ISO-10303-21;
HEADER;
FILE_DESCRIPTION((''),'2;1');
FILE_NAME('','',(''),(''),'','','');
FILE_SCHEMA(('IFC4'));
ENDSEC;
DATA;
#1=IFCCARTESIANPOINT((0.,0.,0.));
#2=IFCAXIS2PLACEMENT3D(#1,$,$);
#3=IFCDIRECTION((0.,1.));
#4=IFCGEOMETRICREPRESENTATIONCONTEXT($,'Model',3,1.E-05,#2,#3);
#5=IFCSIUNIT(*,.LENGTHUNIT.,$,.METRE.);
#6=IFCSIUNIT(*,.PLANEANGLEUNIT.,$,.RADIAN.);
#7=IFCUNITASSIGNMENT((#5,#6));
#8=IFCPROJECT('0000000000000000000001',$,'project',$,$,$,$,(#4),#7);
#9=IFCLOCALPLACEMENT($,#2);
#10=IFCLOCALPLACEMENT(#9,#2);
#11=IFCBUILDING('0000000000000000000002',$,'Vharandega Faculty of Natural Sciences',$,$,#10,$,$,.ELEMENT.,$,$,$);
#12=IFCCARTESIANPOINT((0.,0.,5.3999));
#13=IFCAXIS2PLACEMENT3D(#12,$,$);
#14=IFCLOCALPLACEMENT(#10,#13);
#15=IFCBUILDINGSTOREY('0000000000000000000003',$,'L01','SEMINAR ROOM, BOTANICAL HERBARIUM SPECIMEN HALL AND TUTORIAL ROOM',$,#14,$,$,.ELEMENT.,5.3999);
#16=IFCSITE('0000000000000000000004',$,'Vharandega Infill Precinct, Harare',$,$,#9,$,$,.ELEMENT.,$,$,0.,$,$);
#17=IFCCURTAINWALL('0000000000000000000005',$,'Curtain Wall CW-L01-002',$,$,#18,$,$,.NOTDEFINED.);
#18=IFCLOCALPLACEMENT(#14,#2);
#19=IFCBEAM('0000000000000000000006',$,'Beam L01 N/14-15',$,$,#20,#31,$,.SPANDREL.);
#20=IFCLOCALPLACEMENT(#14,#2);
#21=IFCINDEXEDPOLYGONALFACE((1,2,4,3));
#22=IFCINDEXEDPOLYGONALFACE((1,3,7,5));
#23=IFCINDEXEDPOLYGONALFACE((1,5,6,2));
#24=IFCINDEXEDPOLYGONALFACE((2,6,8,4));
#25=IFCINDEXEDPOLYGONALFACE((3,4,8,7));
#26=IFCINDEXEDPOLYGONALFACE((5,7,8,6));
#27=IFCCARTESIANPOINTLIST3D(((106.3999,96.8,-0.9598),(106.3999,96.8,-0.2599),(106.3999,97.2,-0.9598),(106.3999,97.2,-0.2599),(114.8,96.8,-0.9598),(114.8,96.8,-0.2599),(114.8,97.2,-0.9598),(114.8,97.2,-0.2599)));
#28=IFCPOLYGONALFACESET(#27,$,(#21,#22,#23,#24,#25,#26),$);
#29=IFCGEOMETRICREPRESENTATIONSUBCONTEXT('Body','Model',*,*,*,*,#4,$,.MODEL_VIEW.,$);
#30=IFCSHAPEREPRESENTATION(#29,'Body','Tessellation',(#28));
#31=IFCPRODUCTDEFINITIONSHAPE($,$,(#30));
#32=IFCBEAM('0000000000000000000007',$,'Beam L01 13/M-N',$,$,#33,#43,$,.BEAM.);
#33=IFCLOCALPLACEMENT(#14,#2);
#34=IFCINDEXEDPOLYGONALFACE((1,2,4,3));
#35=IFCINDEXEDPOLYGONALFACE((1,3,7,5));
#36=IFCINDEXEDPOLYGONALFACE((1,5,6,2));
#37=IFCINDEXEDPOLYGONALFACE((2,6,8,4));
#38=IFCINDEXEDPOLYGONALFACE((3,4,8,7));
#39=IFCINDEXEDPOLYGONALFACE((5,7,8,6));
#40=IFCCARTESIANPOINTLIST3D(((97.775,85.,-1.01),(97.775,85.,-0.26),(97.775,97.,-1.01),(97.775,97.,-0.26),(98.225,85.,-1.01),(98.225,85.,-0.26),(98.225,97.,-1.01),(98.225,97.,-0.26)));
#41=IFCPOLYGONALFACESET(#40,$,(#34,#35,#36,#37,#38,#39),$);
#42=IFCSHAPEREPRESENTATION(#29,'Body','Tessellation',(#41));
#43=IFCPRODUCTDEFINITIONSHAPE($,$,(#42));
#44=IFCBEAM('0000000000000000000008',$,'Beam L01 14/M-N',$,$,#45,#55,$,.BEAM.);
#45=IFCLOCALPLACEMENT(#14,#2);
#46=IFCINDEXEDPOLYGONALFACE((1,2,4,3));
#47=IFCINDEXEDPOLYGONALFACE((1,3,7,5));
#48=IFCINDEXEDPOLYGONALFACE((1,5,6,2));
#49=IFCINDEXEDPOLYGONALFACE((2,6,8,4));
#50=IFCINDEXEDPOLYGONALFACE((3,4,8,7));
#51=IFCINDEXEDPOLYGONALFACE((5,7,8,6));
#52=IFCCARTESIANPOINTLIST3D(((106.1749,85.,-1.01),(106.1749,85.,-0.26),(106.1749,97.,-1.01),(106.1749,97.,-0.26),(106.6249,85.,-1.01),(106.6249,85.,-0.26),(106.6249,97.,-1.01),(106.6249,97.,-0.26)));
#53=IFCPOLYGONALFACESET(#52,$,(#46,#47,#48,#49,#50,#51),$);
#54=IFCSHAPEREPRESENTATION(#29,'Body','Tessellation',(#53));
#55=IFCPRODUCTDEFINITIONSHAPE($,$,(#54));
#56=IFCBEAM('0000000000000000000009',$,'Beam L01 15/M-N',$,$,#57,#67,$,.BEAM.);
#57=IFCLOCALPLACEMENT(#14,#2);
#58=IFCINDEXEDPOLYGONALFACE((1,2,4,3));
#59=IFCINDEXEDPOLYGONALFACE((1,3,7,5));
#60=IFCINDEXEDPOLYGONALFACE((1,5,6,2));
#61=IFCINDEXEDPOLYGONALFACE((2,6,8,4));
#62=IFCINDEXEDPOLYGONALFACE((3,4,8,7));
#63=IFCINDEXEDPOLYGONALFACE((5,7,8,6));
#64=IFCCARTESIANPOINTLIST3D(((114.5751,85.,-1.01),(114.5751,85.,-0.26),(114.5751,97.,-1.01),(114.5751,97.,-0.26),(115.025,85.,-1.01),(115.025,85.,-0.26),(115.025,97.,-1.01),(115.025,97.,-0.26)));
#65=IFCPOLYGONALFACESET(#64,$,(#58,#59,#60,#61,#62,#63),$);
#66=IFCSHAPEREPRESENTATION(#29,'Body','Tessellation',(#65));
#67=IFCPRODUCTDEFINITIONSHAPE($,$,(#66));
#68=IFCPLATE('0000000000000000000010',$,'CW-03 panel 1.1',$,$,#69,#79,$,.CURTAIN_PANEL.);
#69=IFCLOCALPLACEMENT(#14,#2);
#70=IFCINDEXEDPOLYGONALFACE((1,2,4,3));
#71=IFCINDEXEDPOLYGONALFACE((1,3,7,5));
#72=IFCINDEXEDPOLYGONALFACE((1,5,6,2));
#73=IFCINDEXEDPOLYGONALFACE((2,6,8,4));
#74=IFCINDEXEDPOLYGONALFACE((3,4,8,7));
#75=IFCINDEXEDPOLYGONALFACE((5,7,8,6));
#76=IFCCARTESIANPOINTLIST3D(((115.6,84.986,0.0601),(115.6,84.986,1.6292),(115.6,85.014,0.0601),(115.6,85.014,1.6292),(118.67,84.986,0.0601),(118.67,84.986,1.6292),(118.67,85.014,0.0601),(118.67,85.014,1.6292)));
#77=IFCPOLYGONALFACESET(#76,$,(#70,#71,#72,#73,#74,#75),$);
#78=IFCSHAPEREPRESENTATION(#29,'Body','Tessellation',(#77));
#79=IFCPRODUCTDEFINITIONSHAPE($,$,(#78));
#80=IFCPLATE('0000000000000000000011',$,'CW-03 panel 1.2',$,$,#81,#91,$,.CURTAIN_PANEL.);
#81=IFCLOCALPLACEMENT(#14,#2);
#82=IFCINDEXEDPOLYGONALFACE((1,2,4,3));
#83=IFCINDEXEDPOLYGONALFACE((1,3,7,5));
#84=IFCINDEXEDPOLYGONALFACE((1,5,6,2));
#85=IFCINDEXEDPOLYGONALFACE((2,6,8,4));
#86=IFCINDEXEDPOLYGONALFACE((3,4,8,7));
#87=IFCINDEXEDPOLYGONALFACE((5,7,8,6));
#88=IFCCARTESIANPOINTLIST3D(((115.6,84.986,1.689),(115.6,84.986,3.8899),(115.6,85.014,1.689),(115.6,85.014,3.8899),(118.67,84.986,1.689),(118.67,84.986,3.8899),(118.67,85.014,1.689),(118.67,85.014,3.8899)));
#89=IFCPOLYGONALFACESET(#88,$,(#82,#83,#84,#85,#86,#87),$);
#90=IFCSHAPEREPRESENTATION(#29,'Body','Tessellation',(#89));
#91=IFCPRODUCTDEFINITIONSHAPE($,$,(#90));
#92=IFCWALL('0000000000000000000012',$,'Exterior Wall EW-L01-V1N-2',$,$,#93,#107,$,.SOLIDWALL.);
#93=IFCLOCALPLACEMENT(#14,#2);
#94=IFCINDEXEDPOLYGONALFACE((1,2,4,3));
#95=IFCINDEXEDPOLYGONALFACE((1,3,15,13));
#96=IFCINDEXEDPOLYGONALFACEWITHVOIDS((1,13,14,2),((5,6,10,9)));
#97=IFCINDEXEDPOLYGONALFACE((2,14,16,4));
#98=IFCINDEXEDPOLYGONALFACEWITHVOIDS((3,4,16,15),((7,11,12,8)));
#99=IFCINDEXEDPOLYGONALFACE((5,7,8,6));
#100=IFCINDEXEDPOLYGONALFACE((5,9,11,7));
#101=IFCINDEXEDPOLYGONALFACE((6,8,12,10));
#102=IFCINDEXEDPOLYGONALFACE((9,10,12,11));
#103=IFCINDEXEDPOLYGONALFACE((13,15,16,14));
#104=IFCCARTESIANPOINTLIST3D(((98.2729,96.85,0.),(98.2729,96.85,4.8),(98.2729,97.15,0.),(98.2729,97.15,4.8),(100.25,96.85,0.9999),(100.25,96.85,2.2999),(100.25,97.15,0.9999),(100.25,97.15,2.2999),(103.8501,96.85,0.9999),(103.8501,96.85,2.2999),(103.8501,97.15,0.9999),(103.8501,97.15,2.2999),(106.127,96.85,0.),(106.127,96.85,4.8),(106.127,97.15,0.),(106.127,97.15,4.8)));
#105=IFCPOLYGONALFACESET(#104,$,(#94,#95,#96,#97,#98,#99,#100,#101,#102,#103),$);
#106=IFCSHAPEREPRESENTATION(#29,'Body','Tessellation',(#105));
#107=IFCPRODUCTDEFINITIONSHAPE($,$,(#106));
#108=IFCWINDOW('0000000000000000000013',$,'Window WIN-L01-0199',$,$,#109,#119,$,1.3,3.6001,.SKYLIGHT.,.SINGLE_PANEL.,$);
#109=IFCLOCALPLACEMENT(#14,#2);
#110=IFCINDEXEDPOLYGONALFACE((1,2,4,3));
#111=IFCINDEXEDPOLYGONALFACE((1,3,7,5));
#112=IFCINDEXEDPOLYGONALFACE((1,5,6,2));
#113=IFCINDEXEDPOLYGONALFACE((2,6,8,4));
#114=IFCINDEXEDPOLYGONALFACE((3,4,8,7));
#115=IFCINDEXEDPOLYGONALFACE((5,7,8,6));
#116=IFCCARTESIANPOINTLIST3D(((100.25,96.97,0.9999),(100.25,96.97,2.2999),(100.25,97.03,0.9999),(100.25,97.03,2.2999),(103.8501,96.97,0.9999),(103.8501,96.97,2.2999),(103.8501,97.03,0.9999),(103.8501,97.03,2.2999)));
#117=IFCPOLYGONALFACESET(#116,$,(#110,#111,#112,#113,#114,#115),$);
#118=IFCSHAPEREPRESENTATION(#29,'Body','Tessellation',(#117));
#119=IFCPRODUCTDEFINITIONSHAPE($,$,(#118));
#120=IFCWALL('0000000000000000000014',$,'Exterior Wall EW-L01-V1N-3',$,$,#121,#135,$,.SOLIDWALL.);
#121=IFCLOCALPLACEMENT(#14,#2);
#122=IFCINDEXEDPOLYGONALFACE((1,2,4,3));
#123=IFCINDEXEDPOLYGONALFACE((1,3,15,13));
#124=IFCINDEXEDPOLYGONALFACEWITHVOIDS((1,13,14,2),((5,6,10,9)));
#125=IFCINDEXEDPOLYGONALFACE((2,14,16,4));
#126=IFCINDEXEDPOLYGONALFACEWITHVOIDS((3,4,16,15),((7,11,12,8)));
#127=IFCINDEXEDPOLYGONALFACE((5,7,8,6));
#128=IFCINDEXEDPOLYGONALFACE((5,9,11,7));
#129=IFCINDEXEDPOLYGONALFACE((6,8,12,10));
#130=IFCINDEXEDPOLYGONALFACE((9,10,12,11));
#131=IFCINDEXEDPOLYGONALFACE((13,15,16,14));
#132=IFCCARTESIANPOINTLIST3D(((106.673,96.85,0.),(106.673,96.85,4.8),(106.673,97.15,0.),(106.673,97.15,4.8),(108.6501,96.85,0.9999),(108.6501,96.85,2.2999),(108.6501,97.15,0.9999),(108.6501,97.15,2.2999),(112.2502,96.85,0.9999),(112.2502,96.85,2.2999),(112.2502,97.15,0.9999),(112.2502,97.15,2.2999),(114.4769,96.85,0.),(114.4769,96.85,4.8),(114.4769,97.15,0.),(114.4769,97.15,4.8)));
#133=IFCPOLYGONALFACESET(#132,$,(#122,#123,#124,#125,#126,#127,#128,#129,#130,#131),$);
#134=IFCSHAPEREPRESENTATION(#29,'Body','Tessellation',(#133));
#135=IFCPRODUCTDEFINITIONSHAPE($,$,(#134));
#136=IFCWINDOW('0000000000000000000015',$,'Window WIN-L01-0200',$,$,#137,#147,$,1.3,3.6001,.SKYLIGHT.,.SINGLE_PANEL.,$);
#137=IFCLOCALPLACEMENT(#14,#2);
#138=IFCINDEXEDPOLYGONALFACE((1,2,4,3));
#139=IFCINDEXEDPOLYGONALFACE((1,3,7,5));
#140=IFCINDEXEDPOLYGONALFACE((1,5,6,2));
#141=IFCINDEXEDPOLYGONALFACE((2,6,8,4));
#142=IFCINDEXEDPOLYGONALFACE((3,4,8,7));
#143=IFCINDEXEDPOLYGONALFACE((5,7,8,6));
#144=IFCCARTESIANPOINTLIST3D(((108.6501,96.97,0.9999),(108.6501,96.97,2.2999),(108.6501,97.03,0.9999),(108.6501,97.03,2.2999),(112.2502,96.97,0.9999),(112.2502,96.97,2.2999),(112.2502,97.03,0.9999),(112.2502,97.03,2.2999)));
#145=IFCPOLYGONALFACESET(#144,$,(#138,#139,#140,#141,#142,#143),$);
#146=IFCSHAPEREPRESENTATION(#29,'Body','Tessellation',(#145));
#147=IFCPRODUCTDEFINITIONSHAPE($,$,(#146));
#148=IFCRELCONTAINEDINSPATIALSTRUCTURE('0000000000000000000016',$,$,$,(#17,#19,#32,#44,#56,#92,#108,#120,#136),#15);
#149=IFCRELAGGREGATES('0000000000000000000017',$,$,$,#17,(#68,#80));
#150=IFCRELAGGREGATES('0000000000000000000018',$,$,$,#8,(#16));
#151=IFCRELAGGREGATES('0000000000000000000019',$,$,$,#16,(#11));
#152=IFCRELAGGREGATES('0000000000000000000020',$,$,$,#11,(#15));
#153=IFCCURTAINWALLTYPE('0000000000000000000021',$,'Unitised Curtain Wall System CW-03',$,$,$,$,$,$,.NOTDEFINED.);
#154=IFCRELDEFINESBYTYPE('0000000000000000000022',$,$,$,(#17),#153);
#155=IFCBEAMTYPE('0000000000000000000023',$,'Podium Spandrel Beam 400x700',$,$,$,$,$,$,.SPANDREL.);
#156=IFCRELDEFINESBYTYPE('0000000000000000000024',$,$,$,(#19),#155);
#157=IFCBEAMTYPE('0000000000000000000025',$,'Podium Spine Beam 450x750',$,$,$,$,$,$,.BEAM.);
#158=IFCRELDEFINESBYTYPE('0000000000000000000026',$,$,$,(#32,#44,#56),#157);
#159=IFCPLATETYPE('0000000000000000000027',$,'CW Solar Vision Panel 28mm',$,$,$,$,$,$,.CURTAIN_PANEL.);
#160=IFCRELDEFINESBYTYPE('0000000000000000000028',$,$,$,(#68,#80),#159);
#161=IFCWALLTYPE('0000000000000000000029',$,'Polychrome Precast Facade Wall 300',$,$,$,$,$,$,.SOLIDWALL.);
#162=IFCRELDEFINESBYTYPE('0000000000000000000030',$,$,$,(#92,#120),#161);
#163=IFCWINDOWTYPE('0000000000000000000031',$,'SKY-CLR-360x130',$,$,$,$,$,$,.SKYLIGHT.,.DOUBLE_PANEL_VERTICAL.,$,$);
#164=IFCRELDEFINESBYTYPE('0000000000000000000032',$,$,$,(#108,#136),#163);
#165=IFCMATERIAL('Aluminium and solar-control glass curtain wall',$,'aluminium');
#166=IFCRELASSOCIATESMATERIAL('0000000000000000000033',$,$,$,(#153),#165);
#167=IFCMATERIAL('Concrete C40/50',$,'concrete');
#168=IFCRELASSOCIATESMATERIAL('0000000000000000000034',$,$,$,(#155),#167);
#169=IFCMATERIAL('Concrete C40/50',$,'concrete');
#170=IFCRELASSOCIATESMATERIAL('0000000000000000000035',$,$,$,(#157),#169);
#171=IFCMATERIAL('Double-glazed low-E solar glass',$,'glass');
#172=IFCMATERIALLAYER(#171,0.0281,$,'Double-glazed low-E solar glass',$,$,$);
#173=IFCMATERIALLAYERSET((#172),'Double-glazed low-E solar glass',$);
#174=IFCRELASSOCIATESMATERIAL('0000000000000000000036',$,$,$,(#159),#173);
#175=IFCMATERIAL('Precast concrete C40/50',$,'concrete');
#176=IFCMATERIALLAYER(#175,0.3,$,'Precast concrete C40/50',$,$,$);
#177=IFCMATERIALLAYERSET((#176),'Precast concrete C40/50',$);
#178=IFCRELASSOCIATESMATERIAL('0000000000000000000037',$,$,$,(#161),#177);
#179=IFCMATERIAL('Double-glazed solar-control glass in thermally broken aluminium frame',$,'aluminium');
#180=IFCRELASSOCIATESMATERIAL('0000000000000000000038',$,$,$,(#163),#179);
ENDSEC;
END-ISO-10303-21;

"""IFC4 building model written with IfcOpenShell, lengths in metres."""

from ifc_helpers import new_model, si_unit, direction, frame, frame_2d, origin, origin_2d, place, context, subcontext, project, spatial, rectangle, extrude, material, layer, layer_set, material_profile, profile_set, type_object, element, fill, aggregate, save


model = new_model("IFC4")

# Units and contexts
model_context = context("Model", 3, precision=1e-05, world=origin(), true_north=direction((0.0, 1.0)))
body_context = subcontext(model_context, "Body", "Model", "MODEL_VIEW")
ifc_project = project(units=[si_unit("LENGTHUNIT", "METRE"), si_unit("PLANEANGLEUNIT", "RADIAN")], contexts=[model_context])

# Site, building, storey
site_placement = place(None, origin())
site = spatial("IfcSite", under=ifc_project, at=site_placement, Name="Vharandega Infill Precinct, Harare", CompositionType="ELEMENT", RefElevation=0.0)
building_placement = place(site_placement, origin())
building = spatial("IfcBuilding", under=site, at=building_placement, Name="Vharandega Faculty of Natural Sciences", CompositionType="ELEMENT")
storey_placement = place(building_placement, frame((0.0, 0.0, 5.3999)))
storey = spatial("IfcBuildingStorey", under=building, at=storey_placement, Name="L01", Description="SEMINAR ROOM, BOTANICAL HERBARIUM SPECIMEN HALL AND TUTORIAL ROOM", CompositionType="ELEMENT", Elevation=5.3999)

# Curtain wall
ifc_material_1 = material(Name="Aluminium and solar-control glass curtain wall", Category="aluminium")
curtain_wall_type = type_object("IfcCurtainWallType", Name="Unitised Curtain Wall System CW-03", PredefinedType="NOTDEFINED", material=ifc_material_1)
curtain_wall_placement = place(storey_placement, origin())
curtain_wall = element("IfcCurtainWall", 1, at=curtain_wall_placement, inside=storey, type_object=curtain_wall_type, Name="Curtain Wall CW-L01-002", PredefinedType="NOTDEFINED")

# Beams
ifc_material_2 = material(Name="Concrete C40/50", Category="concrete")
ifc_material_profile_1 = material_profile(ifc_material_2, rectangle(XDim=0.3999, YDim=0.7, at=origin_2d()), Name="RC 400x700")
ifc_profile_set_1 = profile_set([ifc_material_profile_1], Name="Concrete C40/50")
beam_type_1 = type_object("IfcBeamType", Name="Podium Spandrel Beam 400x700", PredefinedType="SPANDREL", material=ifc_profile_set_1)
beam_1_placement = place(storey_placement, frame((106.3999, 97.0, -0.6099), z_axis=(1.0, 0.0, 0.0), x_axis=(0.0, 1.0, 0.0)))
element("IfcBeam", 2, at=beam_1_placement, inside=storey, type_object=beam_type_1, Name="Beam L01 N/14-15", PredefinedType="SPANDREL", context=body_context, shape_type="SweptSolid", body=[
    extrude(rectangle(XDim=0.3999, YDim=0.7, at=origin_2d()), origin(), (0.0, 0.0, 1.0), 8.4001),
])
ifc_material_3 = material(Name="Concrete C40/50", Category="concrete")
ifc_material_profile_2 = material_profile(ifc_material_3, rectangle(XDim=0.45, YDim=0.75, at=origin_2d()), Name="RC 450x750")
ifc_profile_set_2 = profile_set([ifc_material_profile_2], Name="Concrete C40/50")
beam_type_2 = type_object("IfcBeamType", Name="Podium Spine Beam 450x750", PredefinedType="BEAM", material=ifc_profile_set_2)
for number, where, z_axis, x_axis, name in (
    (3, (98.0, 85.0, -0.635), (0.0, 1.0, 0.0), (-1.0, 0.0, 0.0), "Beam L01 13/M-N"),
    (4, (106.3999, 85.0, -0.635), (0.0, 1.0, 0.0), (-1.0, 0.0, 0.0), "Beam L01 14/M-N"),
    (5, (114.8, 85.0, -0.635), (0.0, 1.0, 0.0), (-1.0, 0.0, 0.0), "Beam L01 15/M-N"),
):
    element("IfcBeam", number, at=place(storey_placement, frame(where, z_axis=z_axis, x_axis=x_axis)), inside=storey, type_object=beam_type_2, Name=name, PredefinedType="BEAM", context=body_context, shape_type="SweptSolid", body=[
        extrude(rectangle(XDim=0.45, YDim=0.75, at=origin_2d()), origin(), (0.0, 0.0, 1.0), 12.0),
    ])

# Plates
ifc_material_4 = material(Name="Double-glazed low-E solar glass", Category="glass")
ifc_layer_1 = layer(ifc_material_4, 0.0281, Name="Double-glazed low-E solar glass")
ifc_layer_set_1 = layer_set([ifc_layer_1], Name="Double-glazed low-E solar glass")
plate_type = type_object("IfcPlateType", Name="CW Solar Vision Panel 28mm", PredefinedType="CURTAIN_PANEL", material=ifc_layer_set_1)
plate_1_placement = place(storey_placement, frame((117.135, 85.0, 0.0601), z_axis=(0.0, 0.0, 1.0), x_axis=(1.0, 0.0, 0.0)))
plate_1 = element("IfcPlate", 6, at=plate_1_placement, type_object=plate_type, Name="CW-03 panel 1.1", PredefinedType="CURTAIN_PANEL", context=body_context, shape_type="SweptSolid", body=[
    extrude(rectangle(XDim=3.0701, YDim=0.0281, at=origin_2d()), origin(), (0.0, 0.0, 1.0), 1.5691),
])
plate_2_placement = place(storey_placement, frame((117.135, 85.0, 1.689), z_axis=(0.0, 0.0, 1.0), x_axis=(1.0, 0.0, 0.0)))
plate_2 = element("IfcPlate", 7, at=plate_2_placement, type_object=plate_type, Name="CW-03 panel 1.2", PredefinedType="CURTAIN_PANEL", context=body_context, shape_type="SweptSolid", body=[
    extrude(rectangle(XDim=3.0701, YDim=0.0281, at=origin_2d()), origin(), (0.0, 0.0, 1.0), 2.2009),
])
aggregate(curtain_wall, [plate_1, plate_2])

# Walls, openings, windows
ifc_material_5 = material(Name="Precast concrete C40/50", Category="concrete")
ifc_layer_2 = layer(ifc_material_5, 0.3, Name="Precast concrete C40/50")
ifc_layer_set_2 = layer_set([ifc_layer_2], Name="Precast concrete C40/50")
wall_type = type_object("IfcWallType", Name="Polychrome Precast Facade Wall 300", PredefinedType="SOLIDWALL", material=ifc_layer_set_2)
wall_1_placement = place(storey_placement, frame((98.2729, 97.0, 0.0), z_axis=(0.0, 0.0, 1.0), x_axis=(1.0, 0.0, 0.0)))
wall_1 = element("IfcWall", 8, at=wall_1_placement, inside=storey, type_object=wall_type, Name="Exterior Wall EW-L01-V1N-2", PredefinedType="SOLIDWALL", context=body_context, shape_type="SweptSolid", body=[
    extrude(rectangle(XDim=7.854, YDim=0.3, at=frame_2d((3.927, 0.0))), origin(), (0.0, 0.0, 1.0), 4.8),
])
opening_1_placement = place(wall_1_placement, frame((1.9771, 0.0, 1.0)))
opening_1 = element("IfcOpeningElement", 9, at=opening_1_placement, cuts=wall_1, PredefinedType="OPENING", context=body_context, shape_type="SweptSolid", body=[
    extrude(rectangle(XDim=3.6001, YDim=1.3, at=frame_2d((1.8, 0.6499))), frame((0.0, 0.1602, 0.0), z_axis=(0.0, -1.0, 0.0), x_axis=(1.0, 0.0, 0.0)), (0.0, 0.0, 1.0), 0.3201),
])
ifc_material_6 = material(Name="Double-glazed solar-control glass in thermally broken aluminium frame", Category="aluminium")
window_type = type_object("IfcWindowType", Name="SKY-CLR-360x130", PartitioningType="DOUBLE_PANEL_VERTICAL", PredefinedType="SKYLIGHT", material=ifc_material_6)
window_1_placement = place(opening_1_placement, origin())
window_1 = element("IfcWindow", 10, at=window_1_placement, inside=storey, type_object=window_type, Name="Window WIN-L01-0199", OverallHeight=1.3, OverallWidth=3.6001, PartitioningType="SINGLE_PANEL", PredefinedType="SKYLIGHT", context=body_context, shape_type="SweptSolid", body=[
    extrude(rectangle(XDim=3.6001, YDim=1.3, at=frame_2d((1.8, 0.6499))), frame((0.0, 0.03, 0.0), z_axis=(0.0, -1.0, 0.0), x_axis=(1.0, 0.0, 0.0)), (0.0, 0.0, 1.0), 0.0601),
])
fill(opening_1, window_1)
wall_2_placement = place(storey_placement, frame((106.6731, 97.0, 0.0), z_axis=(0.0, 0.0, 1.0), x_axis=(1.0, 0.0, 0.0)))
wall_2 = element("IfcWall", 11, at=wall_2_placement, inside=storey, type_object=wall_type, Name="Exterior Wall EW-L01-V1N-3", PredefinedType="SOLIDWALL", context=body_context, shape_type="SweptSolid", body=[
    extrude(rectangle(XDim=7.804, YDim=0.3, at=frame_2d((3.9019, 0.0))), origin(), (0.0, 0.0, 1.0), 4.8),
])
opening_2_placement = place(wall_2_placement, frame((1.9771, 0.0, 1.0)))
opening_2 = element("IfcOpeningElement", 12, at=opening_2_placement, cuts=wall_2, PredefinedType="OPENING", context=body_context, shape_type="SweptSolid", body=[
    extrude(rectangle(XDim=3.6001, YDim=1.3, at=frame_2d((1.8, 0.6499))), frame((0.0, 0.1602, 0.0), z_axis=(0.0, -1.0, 0.0), x_axis=(1.0, 0.0, 0.0)), (0.0, 0.0, 1.0), 0.3201),
])
window_2_placement = place(opening_2_placement, origin())
window_2 = element("IfcWindow", 13, at=window_2_placement, inside=storey, type_object=window_type, Name="Window WIN-L01-0200", OverallHeight=1.3, OverallWidth=3.6001, PartitioningType="SINGLE_PANEL", PredefinedType="SKYLIGHT", context=body_context, shape_type="SweptSolid", body=[
    extrude(rectangle(XDim=3.6001, YDim=1.3, at=frame_2d((1.8, 0.6499))), frame((0.0, 0.03, 0.0), z_axis=(0.0, -1.0, 0.0), x_axis=(1.0, 0.0, 0.0)), (0.0, 0.0, 1.0), 0.0601),
])
fill(opening_2, window_2)

save(model, "model.ifc")
